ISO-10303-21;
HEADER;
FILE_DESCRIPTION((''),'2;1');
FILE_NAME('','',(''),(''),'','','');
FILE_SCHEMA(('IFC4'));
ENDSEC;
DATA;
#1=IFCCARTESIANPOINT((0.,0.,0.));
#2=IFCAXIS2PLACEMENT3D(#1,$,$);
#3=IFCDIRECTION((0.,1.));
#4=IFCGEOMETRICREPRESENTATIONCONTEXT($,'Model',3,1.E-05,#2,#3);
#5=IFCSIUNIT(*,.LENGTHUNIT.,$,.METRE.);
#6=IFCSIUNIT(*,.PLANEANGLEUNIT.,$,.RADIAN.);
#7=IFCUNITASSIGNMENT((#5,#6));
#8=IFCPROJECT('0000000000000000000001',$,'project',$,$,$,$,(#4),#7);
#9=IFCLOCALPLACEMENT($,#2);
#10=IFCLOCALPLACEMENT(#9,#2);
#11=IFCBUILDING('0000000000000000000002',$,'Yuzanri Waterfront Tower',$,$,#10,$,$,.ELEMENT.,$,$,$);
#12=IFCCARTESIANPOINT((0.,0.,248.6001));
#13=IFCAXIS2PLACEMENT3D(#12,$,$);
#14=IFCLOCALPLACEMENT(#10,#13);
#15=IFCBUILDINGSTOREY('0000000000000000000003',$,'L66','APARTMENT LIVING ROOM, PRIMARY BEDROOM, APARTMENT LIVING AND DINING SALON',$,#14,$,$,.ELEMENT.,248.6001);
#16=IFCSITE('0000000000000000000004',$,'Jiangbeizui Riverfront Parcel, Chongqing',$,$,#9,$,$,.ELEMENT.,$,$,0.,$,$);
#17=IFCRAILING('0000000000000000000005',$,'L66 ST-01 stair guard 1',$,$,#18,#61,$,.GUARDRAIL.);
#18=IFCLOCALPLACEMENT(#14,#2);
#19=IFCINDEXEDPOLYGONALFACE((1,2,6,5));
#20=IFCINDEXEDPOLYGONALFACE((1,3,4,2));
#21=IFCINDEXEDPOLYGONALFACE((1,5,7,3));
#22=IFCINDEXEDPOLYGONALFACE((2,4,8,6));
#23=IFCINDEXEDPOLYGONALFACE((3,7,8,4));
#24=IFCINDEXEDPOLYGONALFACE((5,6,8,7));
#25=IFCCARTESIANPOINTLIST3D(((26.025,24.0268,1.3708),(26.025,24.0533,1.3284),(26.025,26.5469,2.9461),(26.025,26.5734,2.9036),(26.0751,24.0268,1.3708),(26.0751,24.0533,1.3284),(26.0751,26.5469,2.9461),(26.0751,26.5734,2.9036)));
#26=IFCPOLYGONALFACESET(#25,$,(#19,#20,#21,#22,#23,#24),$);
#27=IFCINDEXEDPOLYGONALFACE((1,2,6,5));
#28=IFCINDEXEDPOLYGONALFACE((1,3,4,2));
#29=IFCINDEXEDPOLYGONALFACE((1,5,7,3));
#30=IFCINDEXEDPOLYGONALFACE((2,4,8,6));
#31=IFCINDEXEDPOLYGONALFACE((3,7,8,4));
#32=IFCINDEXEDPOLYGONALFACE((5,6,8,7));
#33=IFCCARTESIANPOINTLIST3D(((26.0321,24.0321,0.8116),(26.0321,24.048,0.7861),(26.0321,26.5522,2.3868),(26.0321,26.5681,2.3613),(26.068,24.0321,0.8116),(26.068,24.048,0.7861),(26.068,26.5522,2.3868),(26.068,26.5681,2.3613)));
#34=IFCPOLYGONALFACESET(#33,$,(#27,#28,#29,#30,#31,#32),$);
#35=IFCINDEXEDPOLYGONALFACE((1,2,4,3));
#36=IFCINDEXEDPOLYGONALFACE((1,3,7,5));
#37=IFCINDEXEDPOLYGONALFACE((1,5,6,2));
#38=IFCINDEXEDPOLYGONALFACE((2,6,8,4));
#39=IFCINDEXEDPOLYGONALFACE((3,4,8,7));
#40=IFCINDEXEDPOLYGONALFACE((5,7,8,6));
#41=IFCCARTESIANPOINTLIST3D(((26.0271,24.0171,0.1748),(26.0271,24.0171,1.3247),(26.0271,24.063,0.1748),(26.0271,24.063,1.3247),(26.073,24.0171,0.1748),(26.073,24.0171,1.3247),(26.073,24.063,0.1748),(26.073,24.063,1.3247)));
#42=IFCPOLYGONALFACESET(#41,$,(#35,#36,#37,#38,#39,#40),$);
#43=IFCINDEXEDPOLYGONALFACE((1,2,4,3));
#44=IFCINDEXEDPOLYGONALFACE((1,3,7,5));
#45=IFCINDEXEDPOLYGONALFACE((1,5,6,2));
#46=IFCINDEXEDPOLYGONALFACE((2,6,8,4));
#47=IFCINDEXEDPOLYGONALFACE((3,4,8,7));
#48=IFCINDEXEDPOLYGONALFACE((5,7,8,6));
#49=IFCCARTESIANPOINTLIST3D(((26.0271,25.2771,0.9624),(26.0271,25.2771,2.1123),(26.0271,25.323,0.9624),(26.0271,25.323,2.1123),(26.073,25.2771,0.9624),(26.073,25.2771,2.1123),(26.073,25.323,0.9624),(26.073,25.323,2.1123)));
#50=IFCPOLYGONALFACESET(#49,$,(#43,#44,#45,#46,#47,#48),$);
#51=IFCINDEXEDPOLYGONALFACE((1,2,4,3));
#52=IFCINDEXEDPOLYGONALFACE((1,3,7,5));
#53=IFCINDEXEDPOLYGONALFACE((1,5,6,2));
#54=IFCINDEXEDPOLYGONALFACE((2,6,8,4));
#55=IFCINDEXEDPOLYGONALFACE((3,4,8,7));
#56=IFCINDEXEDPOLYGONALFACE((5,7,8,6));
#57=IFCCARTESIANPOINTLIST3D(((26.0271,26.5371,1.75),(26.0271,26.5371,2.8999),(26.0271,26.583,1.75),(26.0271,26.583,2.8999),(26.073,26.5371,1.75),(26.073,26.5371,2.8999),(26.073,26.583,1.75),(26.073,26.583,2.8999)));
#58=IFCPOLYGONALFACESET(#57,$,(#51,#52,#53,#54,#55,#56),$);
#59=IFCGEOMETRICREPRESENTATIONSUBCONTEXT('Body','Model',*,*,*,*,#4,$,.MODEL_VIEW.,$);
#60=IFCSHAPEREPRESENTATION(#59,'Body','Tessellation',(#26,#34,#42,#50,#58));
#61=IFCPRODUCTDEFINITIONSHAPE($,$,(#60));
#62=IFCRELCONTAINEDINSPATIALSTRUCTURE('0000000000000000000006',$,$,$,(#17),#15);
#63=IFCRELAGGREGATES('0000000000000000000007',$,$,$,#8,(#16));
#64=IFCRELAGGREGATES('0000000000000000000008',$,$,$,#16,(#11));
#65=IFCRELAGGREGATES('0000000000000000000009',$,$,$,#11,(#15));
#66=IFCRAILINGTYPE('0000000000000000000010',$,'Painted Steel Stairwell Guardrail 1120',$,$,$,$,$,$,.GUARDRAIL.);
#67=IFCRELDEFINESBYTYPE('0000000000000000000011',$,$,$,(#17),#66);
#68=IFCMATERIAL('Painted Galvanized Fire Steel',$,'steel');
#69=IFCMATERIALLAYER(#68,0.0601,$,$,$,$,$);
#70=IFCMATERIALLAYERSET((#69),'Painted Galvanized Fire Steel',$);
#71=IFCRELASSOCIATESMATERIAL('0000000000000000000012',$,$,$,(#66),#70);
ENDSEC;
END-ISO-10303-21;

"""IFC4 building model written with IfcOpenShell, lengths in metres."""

from ifc_helpers import new_model, si_unit, direction, frame, origin, origin_2d, place, context, subcontext, project, spatial, rectangle, extrude, source, transform, mapped, material, layer, layer_set, type_object, element, save


model = new_model("IFC4")

# Units and contexts
model_context = context("Model", 3, precision=1e-05, world=origin(), true_north=direction((0.0, 1.0)))
body_context = subcontext(model_context, "Body", "Model", "MODEL_VIEW")
ifc_project = project(units=[si_unit("LENGTHUNIT", "METRE"), si_unit("PLANEANGLEUNIT", "RADIAN")], contexts=[model_context])

# Site, building, storey
site_placement = place(None, origin())
site = spatial("IfcSite", under=ifc_project, at=site_placement, Name="Jiangbeizui Riverfront Parcel, Chongqing", CompositionType="ELEMENT", RefElevation=0.0)
building_placement = place(site_placement, origin())
building = spatial("IfcBuilding", under=site, at=building_placement, Name="Yuzanri Waterfront Tower", CompositionType="ELEMENT")
storey_placement = place(building_placement, frame((0.0, 0.0, 248.6001)))
storey = spatial("IfcBuildingStorey", under=building, at=storey_placement, Name="L66", Description="APARTMENT LIVING ROOM, PRIMARY BEDROOM, APARTMENT LIVING AND DINING SALON", CompositionType="ELEMENT", Elevation=248.6001)

# Railing
ifc_material_1 = material(Name="Painted Galvanized Fire Steel", Category="steel")
ifc_layer_1 = layer(ifc_material_1, 0.0601)
ifc_layer_set_1 = layer_set([ifc_layer_1], Name="Painted Galvanized Fire Steel")
railing_type = type_object("IfcRailingType", Name="Painted Steel Stairwell Guardrail 1120", PredefinedType="GUARDRAIL", material=ifc_layer_set_1)
shared_shape_1 = source(origin(), body_context, "Body", "SweptSolid", [
    extrude(rectangle(XDim=0.05, YDim=0.05, at=origin_2d()), frame((0.0, 0.0, 1.1748), z_axis=(0.0, 0.847971, 0.530043), x_axis=(-1.0, 0.0, 0.0)), (0.0, 0.0, 1.0), 2.9719),
    extrude(rectangle(XDim=0.0359, YDim=0.03, at=origin_2d()), frame((0.0, 0.0, 0.624), z_axis=(0.0, 0.847971, 0.530043), x_axis=(-1.0, 0.0, 0.0)), (0.0, 0.0, 1.0), 2.9719),
    extrude(rectangle(XDim=0.0459, YDim=0.0459, at=origin_2d()), origin(), (0.0, 0.0, 1.0), 1.1499),
    extrude(rectangle(XDim=0.0459, YDim=0.0459, at=origin_2d()), frame((0.0, 1.26, 0.7876)), (0.0, 0.0, 1.0), 1.1499),
    extrude(rectangle(XDim=0.0459, YDim=0.0459, at=origin_2d()), frame((0.0, 2.52, 1.5752)), (0.0, 0.0, 1.0), 1.1499),
])
railing_1_placement = place(storey_placement, frame((26.05, 24.04, 0.1748)))
element("IfcRailing", 1, at=railing_1_placement, inside=storey, type_object=railing_type, Name="L66 ST-01 stair guard 1", PredefinedType="GUARDRAIL", context=body_context, shape_type="MappedRepresentation", body=[
    mapped(shared_shape_1, transform((0.0, 0.0, 0.0), scale=1.0)),
])

save(model, "model.ifc")
